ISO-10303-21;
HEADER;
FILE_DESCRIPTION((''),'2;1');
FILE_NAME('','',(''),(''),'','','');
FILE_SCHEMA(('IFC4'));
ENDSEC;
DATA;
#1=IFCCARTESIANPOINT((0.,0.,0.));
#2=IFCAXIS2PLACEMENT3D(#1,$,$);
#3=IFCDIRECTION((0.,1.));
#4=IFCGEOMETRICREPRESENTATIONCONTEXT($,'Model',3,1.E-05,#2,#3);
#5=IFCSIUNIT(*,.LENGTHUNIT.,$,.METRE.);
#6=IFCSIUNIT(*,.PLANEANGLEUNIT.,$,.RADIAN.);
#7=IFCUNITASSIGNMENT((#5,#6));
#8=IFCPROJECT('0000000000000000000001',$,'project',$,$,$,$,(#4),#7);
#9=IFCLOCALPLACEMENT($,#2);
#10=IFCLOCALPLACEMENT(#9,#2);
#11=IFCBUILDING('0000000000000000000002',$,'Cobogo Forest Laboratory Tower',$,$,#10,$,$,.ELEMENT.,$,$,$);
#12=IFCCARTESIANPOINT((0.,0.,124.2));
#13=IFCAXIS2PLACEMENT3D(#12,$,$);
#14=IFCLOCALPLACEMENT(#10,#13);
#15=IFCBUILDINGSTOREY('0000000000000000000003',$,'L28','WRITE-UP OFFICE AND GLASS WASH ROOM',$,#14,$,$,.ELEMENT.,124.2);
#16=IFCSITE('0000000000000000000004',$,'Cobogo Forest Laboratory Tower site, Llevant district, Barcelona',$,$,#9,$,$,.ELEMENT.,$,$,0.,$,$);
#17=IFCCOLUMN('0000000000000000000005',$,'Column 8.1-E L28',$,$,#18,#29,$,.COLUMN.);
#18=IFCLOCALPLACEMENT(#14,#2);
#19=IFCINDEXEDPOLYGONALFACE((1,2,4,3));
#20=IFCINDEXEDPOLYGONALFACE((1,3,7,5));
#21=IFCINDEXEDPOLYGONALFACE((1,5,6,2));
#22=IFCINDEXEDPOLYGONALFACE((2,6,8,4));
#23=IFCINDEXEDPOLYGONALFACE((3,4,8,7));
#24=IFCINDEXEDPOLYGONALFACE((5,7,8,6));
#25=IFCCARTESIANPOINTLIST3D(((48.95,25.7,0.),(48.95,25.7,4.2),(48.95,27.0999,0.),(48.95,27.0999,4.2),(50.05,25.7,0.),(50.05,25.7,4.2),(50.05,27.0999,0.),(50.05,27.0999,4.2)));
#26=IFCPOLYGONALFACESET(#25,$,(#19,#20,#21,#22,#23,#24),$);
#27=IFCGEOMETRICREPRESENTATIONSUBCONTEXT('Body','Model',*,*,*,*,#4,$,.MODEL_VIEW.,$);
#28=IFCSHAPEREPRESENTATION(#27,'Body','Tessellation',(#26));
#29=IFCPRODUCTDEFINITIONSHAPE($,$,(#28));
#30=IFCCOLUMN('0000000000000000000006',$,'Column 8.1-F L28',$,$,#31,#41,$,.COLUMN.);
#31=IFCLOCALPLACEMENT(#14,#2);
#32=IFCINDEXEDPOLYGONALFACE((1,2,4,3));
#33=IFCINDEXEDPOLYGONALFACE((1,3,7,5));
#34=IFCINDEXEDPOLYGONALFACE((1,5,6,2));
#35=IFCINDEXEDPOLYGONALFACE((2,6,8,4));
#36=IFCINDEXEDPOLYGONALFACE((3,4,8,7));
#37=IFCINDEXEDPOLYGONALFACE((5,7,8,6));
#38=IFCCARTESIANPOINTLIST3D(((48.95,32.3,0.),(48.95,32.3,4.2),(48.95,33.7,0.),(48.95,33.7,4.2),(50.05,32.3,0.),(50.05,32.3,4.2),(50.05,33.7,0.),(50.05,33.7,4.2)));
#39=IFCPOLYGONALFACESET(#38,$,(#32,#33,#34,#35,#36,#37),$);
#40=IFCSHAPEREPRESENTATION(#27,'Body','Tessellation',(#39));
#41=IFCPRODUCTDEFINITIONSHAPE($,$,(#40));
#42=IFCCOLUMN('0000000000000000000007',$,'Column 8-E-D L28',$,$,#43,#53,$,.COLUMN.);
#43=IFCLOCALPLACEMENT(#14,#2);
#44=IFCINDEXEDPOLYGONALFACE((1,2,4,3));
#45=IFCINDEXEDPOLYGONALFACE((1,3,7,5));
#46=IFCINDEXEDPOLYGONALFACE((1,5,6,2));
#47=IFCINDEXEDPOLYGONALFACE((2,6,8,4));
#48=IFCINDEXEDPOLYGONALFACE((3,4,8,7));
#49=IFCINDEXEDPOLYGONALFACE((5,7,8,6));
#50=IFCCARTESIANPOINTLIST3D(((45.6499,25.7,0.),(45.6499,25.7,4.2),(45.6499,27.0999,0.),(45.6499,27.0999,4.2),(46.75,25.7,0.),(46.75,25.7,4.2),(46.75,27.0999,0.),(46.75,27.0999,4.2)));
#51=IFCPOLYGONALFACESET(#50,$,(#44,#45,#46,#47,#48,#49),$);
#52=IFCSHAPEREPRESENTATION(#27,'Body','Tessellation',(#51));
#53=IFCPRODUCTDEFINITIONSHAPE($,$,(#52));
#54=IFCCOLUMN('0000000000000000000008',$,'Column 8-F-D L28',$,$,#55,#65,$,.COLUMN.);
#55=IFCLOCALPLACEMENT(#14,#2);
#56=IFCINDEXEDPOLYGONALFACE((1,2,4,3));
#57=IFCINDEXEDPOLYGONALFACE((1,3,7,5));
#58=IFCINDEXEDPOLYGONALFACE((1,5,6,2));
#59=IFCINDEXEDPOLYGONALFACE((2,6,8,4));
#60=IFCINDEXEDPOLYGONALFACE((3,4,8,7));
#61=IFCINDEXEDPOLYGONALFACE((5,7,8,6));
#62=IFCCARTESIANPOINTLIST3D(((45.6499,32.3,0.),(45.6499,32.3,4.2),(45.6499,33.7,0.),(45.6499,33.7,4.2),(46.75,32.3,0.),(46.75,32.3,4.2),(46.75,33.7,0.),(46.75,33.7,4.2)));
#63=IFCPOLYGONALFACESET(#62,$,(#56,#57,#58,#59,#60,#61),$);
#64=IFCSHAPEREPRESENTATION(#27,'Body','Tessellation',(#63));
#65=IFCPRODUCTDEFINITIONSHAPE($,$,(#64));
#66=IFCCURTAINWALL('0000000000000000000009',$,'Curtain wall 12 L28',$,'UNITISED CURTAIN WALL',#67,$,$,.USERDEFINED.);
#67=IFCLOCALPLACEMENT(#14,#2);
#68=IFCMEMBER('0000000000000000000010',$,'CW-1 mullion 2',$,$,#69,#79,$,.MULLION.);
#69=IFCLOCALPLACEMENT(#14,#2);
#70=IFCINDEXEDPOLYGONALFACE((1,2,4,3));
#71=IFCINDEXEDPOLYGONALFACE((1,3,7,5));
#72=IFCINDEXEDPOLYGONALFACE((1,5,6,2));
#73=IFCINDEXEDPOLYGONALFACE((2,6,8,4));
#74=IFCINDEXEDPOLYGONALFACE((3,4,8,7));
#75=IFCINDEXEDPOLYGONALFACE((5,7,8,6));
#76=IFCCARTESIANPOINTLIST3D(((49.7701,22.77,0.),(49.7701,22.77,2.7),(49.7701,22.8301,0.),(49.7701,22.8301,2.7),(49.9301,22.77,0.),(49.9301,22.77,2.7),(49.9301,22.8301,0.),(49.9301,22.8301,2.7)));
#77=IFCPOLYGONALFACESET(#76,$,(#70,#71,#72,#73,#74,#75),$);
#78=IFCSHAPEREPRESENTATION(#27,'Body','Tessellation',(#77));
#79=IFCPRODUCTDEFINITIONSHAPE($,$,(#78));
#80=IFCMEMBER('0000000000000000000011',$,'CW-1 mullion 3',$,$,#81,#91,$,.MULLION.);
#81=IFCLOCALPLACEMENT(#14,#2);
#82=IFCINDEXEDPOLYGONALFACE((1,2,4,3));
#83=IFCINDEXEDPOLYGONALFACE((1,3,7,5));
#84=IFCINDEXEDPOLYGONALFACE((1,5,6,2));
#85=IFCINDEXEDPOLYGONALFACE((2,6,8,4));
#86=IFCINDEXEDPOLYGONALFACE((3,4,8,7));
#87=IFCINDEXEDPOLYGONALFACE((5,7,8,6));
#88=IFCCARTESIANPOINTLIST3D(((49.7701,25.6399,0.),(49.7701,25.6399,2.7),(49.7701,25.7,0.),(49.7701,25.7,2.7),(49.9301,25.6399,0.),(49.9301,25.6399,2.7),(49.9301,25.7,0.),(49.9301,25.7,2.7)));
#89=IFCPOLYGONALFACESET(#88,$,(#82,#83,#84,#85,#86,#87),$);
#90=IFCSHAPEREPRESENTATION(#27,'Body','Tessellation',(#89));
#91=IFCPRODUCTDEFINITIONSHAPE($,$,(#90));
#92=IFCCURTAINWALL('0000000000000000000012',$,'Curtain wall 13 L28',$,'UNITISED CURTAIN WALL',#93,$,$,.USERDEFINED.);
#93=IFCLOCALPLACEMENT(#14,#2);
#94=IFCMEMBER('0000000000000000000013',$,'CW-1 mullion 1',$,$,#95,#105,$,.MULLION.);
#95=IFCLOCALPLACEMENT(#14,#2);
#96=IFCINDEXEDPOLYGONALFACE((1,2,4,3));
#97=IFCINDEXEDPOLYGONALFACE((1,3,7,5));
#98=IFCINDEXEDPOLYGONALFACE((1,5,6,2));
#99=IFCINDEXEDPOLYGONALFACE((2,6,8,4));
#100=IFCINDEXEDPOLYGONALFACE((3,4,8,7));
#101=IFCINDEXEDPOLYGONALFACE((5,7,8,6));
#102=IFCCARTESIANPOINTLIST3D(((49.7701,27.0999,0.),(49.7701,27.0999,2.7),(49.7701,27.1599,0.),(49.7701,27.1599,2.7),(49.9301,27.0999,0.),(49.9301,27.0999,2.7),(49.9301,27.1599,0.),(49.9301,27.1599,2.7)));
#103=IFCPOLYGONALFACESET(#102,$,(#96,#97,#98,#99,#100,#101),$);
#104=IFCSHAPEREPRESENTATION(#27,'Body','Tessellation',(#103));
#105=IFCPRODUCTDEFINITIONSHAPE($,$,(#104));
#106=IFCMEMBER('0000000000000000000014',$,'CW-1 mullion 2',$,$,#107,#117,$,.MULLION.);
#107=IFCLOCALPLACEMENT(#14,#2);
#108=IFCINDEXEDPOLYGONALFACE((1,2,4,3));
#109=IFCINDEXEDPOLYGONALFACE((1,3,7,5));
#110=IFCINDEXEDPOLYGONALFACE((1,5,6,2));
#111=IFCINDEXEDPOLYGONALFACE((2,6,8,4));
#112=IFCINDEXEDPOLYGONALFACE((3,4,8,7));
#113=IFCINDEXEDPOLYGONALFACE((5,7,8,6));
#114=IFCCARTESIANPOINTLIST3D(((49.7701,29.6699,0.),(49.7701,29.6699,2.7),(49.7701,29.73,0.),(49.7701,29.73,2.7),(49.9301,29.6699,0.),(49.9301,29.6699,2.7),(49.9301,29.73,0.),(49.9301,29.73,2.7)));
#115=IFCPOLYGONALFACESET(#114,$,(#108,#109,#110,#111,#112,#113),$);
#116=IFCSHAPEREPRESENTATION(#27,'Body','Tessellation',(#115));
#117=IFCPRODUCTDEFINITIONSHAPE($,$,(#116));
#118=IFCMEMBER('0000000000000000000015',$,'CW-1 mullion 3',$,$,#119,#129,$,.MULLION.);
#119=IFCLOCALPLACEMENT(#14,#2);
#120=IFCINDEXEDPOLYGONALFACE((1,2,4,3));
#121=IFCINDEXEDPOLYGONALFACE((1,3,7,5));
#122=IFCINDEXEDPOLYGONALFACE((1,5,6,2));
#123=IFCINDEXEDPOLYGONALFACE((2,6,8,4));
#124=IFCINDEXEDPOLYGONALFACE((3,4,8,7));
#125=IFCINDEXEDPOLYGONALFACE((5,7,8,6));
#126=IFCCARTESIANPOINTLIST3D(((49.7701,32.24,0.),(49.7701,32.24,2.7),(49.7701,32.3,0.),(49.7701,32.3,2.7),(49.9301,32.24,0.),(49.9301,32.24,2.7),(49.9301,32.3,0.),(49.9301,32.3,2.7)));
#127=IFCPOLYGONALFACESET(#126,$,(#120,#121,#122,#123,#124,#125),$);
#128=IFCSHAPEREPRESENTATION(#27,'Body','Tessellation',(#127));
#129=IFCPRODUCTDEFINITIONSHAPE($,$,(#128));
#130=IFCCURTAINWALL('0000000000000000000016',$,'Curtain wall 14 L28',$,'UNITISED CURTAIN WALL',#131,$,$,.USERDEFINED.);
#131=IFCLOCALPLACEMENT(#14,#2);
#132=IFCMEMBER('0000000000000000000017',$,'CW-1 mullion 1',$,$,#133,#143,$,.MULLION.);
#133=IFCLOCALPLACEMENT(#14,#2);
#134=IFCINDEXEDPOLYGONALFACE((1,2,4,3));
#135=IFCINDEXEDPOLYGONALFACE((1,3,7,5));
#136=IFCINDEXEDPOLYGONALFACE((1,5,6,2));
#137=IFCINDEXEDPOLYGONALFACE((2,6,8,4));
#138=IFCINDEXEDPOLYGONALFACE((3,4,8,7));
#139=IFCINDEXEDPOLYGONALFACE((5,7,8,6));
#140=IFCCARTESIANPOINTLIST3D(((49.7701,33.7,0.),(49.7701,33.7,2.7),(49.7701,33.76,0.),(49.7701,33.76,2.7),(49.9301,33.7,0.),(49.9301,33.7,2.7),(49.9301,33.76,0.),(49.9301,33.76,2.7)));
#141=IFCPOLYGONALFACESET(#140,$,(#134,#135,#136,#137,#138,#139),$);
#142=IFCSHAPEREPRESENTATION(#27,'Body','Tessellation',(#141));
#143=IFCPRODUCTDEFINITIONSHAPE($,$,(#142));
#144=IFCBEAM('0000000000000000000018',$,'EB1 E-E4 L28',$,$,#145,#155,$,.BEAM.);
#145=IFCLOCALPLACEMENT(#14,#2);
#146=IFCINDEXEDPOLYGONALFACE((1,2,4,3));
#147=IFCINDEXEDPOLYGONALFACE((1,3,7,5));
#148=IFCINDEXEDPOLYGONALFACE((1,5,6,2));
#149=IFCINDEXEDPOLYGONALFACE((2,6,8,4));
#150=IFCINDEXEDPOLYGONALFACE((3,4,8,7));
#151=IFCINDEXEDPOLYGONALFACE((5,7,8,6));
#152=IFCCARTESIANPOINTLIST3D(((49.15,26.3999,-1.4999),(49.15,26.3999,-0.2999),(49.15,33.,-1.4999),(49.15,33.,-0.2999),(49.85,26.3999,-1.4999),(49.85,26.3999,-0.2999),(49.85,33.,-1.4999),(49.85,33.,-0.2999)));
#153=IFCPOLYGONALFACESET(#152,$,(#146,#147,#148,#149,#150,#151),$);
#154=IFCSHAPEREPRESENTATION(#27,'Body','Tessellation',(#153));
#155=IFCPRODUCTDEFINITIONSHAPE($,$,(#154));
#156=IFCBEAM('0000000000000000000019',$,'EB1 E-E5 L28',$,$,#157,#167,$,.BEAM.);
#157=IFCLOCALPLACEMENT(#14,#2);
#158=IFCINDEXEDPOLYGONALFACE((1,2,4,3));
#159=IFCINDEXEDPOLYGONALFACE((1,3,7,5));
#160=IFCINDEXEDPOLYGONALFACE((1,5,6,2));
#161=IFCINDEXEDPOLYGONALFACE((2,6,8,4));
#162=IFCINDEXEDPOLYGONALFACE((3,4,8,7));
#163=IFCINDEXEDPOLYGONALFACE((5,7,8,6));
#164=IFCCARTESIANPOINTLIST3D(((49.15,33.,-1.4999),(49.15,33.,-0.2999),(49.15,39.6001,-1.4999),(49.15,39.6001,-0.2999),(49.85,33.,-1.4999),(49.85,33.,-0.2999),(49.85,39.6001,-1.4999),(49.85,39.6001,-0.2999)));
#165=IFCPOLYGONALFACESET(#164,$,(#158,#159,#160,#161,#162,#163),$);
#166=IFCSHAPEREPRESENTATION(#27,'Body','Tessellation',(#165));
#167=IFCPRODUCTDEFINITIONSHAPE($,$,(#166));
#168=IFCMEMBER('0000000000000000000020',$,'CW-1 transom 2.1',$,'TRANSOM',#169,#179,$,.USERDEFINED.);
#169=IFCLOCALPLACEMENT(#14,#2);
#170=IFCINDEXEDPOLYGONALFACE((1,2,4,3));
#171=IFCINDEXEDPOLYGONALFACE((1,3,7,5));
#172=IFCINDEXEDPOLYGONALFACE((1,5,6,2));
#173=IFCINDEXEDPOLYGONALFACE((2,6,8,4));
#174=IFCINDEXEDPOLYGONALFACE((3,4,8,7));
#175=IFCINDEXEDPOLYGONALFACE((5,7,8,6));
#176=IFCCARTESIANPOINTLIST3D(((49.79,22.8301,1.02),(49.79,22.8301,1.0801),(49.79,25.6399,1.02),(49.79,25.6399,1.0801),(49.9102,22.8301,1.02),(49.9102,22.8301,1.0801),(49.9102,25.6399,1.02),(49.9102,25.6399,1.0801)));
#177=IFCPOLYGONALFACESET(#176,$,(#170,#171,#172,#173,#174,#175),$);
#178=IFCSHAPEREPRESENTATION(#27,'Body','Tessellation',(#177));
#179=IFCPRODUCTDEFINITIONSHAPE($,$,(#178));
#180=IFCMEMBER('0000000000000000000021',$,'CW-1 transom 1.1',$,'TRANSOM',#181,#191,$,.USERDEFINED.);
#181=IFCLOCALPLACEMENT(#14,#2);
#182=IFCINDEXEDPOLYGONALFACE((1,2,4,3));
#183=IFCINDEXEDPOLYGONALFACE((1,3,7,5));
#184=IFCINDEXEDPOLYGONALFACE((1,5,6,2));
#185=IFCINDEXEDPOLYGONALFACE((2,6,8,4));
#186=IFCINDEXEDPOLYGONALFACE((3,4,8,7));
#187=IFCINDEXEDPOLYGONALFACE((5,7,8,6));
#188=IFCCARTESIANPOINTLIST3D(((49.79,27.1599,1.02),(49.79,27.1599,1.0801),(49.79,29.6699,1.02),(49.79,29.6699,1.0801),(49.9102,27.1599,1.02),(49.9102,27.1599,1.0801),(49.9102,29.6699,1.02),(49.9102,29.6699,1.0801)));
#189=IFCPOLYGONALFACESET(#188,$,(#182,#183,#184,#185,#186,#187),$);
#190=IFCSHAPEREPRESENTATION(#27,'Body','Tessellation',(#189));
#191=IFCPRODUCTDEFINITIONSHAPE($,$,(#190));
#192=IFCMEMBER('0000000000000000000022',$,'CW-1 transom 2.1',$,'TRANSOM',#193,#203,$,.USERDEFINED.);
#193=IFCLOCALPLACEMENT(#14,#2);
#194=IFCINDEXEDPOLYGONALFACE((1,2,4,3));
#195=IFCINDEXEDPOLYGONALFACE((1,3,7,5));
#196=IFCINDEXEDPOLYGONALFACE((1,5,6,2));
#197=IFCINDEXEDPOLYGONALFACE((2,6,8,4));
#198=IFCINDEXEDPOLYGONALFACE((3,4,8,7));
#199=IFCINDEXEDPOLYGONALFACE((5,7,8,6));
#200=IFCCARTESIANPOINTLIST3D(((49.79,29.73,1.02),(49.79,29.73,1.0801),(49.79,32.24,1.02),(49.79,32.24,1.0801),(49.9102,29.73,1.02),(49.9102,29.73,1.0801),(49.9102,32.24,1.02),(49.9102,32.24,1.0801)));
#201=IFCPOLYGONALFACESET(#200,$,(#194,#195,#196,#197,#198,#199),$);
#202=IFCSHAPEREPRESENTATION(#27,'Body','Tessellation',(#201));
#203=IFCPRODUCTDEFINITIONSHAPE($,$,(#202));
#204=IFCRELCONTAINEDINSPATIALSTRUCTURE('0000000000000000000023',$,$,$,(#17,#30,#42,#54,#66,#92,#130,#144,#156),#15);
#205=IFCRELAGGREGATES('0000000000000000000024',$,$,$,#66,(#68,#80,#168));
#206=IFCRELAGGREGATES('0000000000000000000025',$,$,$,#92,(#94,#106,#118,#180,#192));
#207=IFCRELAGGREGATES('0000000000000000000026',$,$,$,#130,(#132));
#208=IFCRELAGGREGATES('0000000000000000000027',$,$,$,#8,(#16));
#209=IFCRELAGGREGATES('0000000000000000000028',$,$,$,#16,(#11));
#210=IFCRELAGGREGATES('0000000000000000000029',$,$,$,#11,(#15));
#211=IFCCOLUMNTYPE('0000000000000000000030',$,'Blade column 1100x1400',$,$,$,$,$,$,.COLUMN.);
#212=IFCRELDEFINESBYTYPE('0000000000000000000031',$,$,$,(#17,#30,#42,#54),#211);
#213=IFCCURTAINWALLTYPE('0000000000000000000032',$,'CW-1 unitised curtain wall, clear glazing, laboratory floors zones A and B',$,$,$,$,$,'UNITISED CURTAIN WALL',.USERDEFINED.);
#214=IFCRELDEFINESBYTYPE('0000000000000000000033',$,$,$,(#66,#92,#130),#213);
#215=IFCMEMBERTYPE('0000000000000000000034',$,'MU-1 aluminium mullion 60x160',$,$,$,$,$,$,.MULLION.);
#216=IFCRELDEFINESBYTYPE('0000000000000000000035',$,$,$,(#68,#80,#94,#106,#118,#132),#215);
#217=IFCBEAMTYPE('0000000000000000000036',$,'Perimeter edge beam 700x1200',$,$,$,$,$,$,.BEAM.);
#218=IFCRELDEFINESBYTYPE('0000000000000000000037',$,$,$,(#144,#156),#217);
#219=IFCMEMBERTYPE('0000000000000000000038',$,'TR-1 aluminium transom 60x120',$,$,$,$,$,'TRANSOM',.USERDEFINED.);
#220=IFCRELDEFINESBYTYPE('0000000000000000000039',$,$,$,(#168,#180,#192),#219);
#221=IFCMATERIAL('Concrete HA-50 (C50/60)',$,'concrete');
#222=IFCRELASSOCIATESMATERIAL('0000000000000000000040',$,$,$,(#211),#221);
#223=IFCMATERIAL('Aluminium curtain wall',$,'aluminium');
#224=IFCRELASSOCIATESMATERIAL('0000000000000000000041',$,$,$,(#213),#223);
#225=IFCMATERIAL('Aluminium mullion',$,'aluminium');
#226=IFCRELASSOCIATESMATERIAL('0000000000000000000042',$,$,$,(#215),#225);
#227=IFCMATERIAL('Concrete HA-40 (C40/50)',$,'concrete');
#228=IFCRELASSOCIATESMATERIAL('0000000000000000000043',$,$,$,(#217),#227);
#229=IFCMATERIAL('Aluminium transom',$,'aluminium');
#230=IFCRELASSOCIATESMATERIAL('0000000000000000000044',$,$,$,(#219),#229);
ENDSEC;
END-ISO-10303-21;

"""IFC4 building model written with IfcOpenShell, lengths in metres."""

from ifc_helpers import new_model, si_unit, direction, frame, origin, origin_2d, place, context, subcontext, project, spatial, rectangle, extrude, material, material_profile, profile_set, type_object, element, aggregate, save


model = new_model("IFC4")

# Units and contexts
model_context = context("Model", 3, precision=1e-05, world=origin(), true_north=direction((0.0, 1.0)))
body_context = subcontext(model_context, "Body", "Model", "MODEL_VIEW")
ifc_project = project(units=[si_unit("LENGTHUNIT", "METRE"), si_unit("PLANEANGLEUNIT", "RADIAN")], contexts=[model_context])

# Site, building, storey
site_placement = place(None, origin())
site = spatial("IfcSite", under=ifc_project, at=site_placement, Name="Cobogo Forest Laboratory Tower site, Llevant district, Barcelona", CompositionType="ELEMENT", RefElevation=0.0)
building_placement = place(site_placement, origin())
building = spatial("IfcBuilding", under=site, at=building_placement, Name="Cobogo Forest Laboratory Tower", CompositionType="ELEMENT")
storey_placement = place(building_placement, frame((0.0, 0.0, 124.2)))
storey = spatial("IfcBuildingStorey", under=building, at=storey_placement, Name="L28", Description="WRITE-UP OFFICE AND GLASS WASH ROOM", CompositionType="ELEMENT", Elevation=124.2)

# Columns
ifc_material_1 = material(Name="Concrete HA-50 (C50/60)", Category="concrete")
ifc_material_profile_1 = material_profile(ifc_material_1, rectangle(XDim=1.3999, YDim=1.1001, at=origin_2d()), Name="RC 1100x1400")
ifc_profile_set_1 = profile_set([ifc_material_profile_1], Name="Concrete HA-50 (C50/60)")
column_type = type_object("IfcColumnType", Name="Blade column 1100x1400", PredefinedType="COLUMN", material=ifc_profile_set_1)
for number, where, z_axis, x_axis, name in (
    (1, (49.5, 26.3999, 0.0), (0.0, 0.0, 1.0), (0.0, 1.0, 0.0), "Column 8.1-E L28"),
    (2, (49.5, 33.0, 0.0), (0.0, 0.0, 1.0), (0.0, 1.0, 0.0), "Column 8.1-F L28"),
    (3, (46.2, 26.3999, 0.0), (0.0, 0.0, 1.0), (0.0, 1.0, 0.0), "Column 8-E-D L28"),
    (4, (46.2, 33.0, 0.0), (0.0, 0.0, 1.0), (0.0, 1.0, 0.0), "Column 8-F-D L28"),
):
    element("IfcColumn", number, at=place(storey_placement, frame(where, z_axis=z_axis, x_axis=x_axis)), inside=storey, type_object=column_type, Name=name, PredefinedType="COLUMN", context=body_context, shape_type="SweptSolid", body=[
        extrude(rectangle(XDim=1.3999, YDim=1.1001, at=origin_2d()), origin(), (0.0, 0.0, 1.0), 4.2),
    ])

# Curtain walls, members
ifc_material_2 = material(Name="Aluminium curtain wall", Category="aluminium")
curtain_wall_type = type_object("IfcCurtainWallType", Name="CW-1 unitised curtain wall, clear glazing, laboratory floors zones A and B", ElementType="UNITISED CURTAIN WALL", PredefinedType="USERDEFINED", material=ifc_material_2)
curtain_wall_1_placement = place(storey_placement, origin())
curtain_wall_1 = element("IfcCurtainWall", 5, at=curtain_wall_1_placement, inside=storey, type_object=curtain_wall_type, Name="Curtain wall 12 L28", ObjectType="UNITISED CURTAIN WALL", PredefinedType="USERDEFINED")
ifc_material_3 = material(Name="Aluminium mullion", Category="aluminium")
ifc_material_profile_2 = material_profile(ifc_material_3, rectangle(XDim=0.0601, YDim=0.1599, at=origin_2d()), Name="AL 60x160")
ifc_profile_set_2 = profile_set([ifc_material_profile_2], Name="Aluminium mullion")
member_type_1 = type_object("IfcMemberType", Name="MU-1 aluminium mullion 60x160", PredefinedType="MULLION", material=ifc_profile_set_2)
member_1_placement = place(storey_placement, frame((49.8501, 22.8, 0.0), z_axis=(0.0, 0.0, 1.0), x_axis=(0.0, 1.0, 0.0)))
member_1 = element("IfcMember", 6, at=member_1_placement, type_object=member_type_1, Name="CW-1 mullion 2", PredefinedType="MULLION", context=body_context, shape_type="SweptSolid", body=[
    extrude(rectangle(XDim=0.0601, YDim=0.1599, at=origin_2d()), origin(), (0.0, 0.0, 1.0), 2.7),
])
member_2_placement = place(storey_placement, frame((49.8501, 25.6699, 0.0), z_axis=(0.0, 0.0, 1.0), x_axis=(0.0, 1.0, 0.0)))
member_2 = element("IfcMember", 7, at=member_2_placement, type_object=member_type_1, Name="CW-1 mullion 3", PredefinedType="MULLION", context=body_context, shape_type="SweptSolid", body=[
    extrude(rectangle(XDim=0.0601, YDim=0.1599, at=origin_2d()), origin(), (0.0, 0.0, 1.0), 2.7),
])
curtain_wall_2_placement = place(storey_placement, origin())
curtain_wall_2 = element("IfcCurtainWall", 8, at=curtain_wall_2_placement, inside=storey, type_object=curtain_wall_type, Name="Curtain wall 13 L28", ObjectType="UNITISED CURTAIN WALL", PredefinedType="USERDEFINED")
member_3_placement = place(storey_placement, frame((49.8501, 27.1299, 0.0), z_axis=(0.0, 0.0, 1.0), x_axis=(0.0, 1.0, 0.0)))
member_3 = element("IfcMember", 9, at=member_3_placement, type_object=member_type_1, Name="CW-1 mullion 1", PredefinedType="MULLION", context=body_context, shape_type="SweptSolid", body=[
    extrude(rectangle(XDim=0.0601, YDim=0.1599, at=origin_2d()), origin(), (0.0, 0.0, 1.0), 2.7),
])
member_4_placement = place(storey_placement, frame((49.8501, 29.7, 0.0), z_axis=(0.0, 0.0, 1.0), x_axis=(0.0, 1.0, 0.0)))
member_4 = element("IfcMember", 10, at=member_4_placement, type_object=member_type_1, Name="CW-1 mullion 2", PredefinedType="MULLION", context=body_context, shape_type="SweptSolid", body=[
    extrude(rectangle(XDim=0.0601, YDim=0.1599, at=origin_2d()), origin(), (0.0, 0.0, 1.0), 2.7),
])
member_5_placement = place(storey_placement, frame((49.8501, 32.27, 0.0), z_axis=(0.0, 0.0, 1.0), x_axis=(0.0, 1.0, 0.0)))
member_5 = element("IfcMember", 11, at=member_5_placement, type_object=member_type_1, Name="CW-1 mullion 3", PredefinedType="MULLION", context=body_context, shape_type="SweptSolid", body=[
    extrude(rectangle(XDim=0.0601, YDim=0.1599, at=origin_2d()), origin(), (0.0, 0.0, 1.0), 2.7),
])

# Curtain wall, member
curtain_wall_3_placement = place(storey_placement, origin())
curtain_wall_3 = element("IfcCurtainWall", 12, at=curtain_wall_3_placement, inside=storey, type_object=curtain_wall_type, Name="Curtain wall 14 L28", ObjectType="UNITISED CURTAIN WALL", PredefinedType="USERDEFINED")
member_6_placement = place(storey_placement, frame((49.8501, 33.73, 0.0), z_axis=(0.0, 0.0, 1.0), x_axis=(0.0, 1.0, 0.0)))
member_6 = element("IfcMember", 13, at=member_6_placement, type_object=member_type_1, Name="CW-1 mullion 1", PredefinedType="MULLION", context=body_context, shape_type="SweptSolid", body=[
    extrude(rectangle(XDim=0.0601, YDim=0.1599, at=origin_2d()), origin(), (0.0, 0.0, 1.0), 2.7),
])

# Beams
ifc_material_4 = material(Name="Concrete HA-40 (C40/50)", Category="concrete")
ifc_material_profile_3 = material_profile(ifc_material_4, rectangle(XDim=0.7, YDim=1.2, at=origin_2d()), Name="RC 700x1200")
ifc_profile_set_3 = profile_set([ifc_material_profile_3], Name="Concrete HA-40 (C40/50)")
beam_type = type_object("IfcBeamType", Name="Perimeter edge beam 700x1200", PredefinedType="BEAM", material=ifc_profile_set_3)
for number, where, z_axis, x_axis, name in (
    (14, (49.5, 26.3999, -0.8999), (0.0, 1.0, 0.0), (-1.0, 0.0, 0.0), "EB1 E-E4 L28"),
    (15, (49.5, 33.0, -0.8999), (0.0, 1.0, 0.0), (-1.0, 0.0, 0.0), "EB1 E-E5 L28"),
):
    element("IfcBeam", number, at=place(storey_placement, frame(where, z_axis=z_axis, x_axis=x_axis)), inside=storey, type_object=beam_type, Name=name, PredefinedType="BEAM", context=body_context, shape_type="SweptSolid", body=[
        extrude(rectangle(XDim=0.7, YDim=1.2, at=origin_2d()), origin(), (0.0, 0.0, 1.0), 6.6001),
    ])

# Members
ifc_material_5 = material(Name="Aluminium transom", Category="aluminium")
ifc_material_profile_4 = material_profile(ifc_material_5, rectangle(XDim=0.1201, YDim=0.0601, at=origin_2d()), Name="AL 60x120")
ifc_profile_set_4 = profile_set([ifc_material_profile_4], Name="Aluminium transom")
member_type_2 = type_object("IfcMemberType", Name="TR-1 aluminium transom 60x120", ElementType="TRANSOM", PredefinedType="USERDEFINED", material=ifc_profile_set_4)
member_7_placement = place(storey_placement, frame((49.8501, 22.8301, 1.05), z_axis=(0.0, 1.0, 0.0), x_axis=(-1.0, 0.0, 0.0)))
member_7 = element("IfcMember", 16, at=member_7_placement, type_object=member_type_2, Name="CW-1 transom 2.1", ObjectType="TRANSOM", PredefinedType="USERDEFINED", context=body_context, shape_type="SweptSolid", body=[
    extrude(rectangle(XDim=0.1201, YDim=0.0601, at=origin_2d()), origin(), (0.0, 0.0, 1.0), 2.8098),
])
member_8_placement = place(storey_placement, frame((49.8501, 27.1599, 1.05), z_axis=(0.0, 1.0, 0.0), x_axis=(-1.0, 0.0, 0.0)))
member_8 = element("IfcMember", 17, at=member_8_placement, type_object=member_type_2, Name="CW-1 transom 1.1", ObjectType="TRANSOM", PredefinedType="USERDEFINED", context=body_context, shape_type="SweptSolid", body=[
    extrude(rectangle(XDim=0.1201, YDim=0.0601, at=origin_2d()), origin(), (0.0, 0.0, 1.0), 2.51),
])
member_9_placement = place(storey_placement, frame((49.8501, 29.73, 1.05), z_axis=(0.0, 1.0, 0.0), x_axis=(-1.0, 0.0, 0.0)))
member_9 = element("IfcMember", 18, at=member_9_placement, type_object=member_type_2, Name="CW-1 transom 2.1", ObjectType="TRANSOM", PredefinedType="USERDEFINED", context=body_context, shape_type="SweptSolid", body=[
    extrude(rectangle(XDim=0.1201, YDim=0.0601, at=origin_2d()), origin(), (0.0, 0.0, 1.0), 2.51),
])

aggregate(curtain_wall_1, [member_1, member_2, member_7])
aggregate(curtain_wall_2, [member_3, member_4, member_5, member_8, member_9])
aggregate(curtain_wall_3, [member_6])

save(model, "model.ifc")
